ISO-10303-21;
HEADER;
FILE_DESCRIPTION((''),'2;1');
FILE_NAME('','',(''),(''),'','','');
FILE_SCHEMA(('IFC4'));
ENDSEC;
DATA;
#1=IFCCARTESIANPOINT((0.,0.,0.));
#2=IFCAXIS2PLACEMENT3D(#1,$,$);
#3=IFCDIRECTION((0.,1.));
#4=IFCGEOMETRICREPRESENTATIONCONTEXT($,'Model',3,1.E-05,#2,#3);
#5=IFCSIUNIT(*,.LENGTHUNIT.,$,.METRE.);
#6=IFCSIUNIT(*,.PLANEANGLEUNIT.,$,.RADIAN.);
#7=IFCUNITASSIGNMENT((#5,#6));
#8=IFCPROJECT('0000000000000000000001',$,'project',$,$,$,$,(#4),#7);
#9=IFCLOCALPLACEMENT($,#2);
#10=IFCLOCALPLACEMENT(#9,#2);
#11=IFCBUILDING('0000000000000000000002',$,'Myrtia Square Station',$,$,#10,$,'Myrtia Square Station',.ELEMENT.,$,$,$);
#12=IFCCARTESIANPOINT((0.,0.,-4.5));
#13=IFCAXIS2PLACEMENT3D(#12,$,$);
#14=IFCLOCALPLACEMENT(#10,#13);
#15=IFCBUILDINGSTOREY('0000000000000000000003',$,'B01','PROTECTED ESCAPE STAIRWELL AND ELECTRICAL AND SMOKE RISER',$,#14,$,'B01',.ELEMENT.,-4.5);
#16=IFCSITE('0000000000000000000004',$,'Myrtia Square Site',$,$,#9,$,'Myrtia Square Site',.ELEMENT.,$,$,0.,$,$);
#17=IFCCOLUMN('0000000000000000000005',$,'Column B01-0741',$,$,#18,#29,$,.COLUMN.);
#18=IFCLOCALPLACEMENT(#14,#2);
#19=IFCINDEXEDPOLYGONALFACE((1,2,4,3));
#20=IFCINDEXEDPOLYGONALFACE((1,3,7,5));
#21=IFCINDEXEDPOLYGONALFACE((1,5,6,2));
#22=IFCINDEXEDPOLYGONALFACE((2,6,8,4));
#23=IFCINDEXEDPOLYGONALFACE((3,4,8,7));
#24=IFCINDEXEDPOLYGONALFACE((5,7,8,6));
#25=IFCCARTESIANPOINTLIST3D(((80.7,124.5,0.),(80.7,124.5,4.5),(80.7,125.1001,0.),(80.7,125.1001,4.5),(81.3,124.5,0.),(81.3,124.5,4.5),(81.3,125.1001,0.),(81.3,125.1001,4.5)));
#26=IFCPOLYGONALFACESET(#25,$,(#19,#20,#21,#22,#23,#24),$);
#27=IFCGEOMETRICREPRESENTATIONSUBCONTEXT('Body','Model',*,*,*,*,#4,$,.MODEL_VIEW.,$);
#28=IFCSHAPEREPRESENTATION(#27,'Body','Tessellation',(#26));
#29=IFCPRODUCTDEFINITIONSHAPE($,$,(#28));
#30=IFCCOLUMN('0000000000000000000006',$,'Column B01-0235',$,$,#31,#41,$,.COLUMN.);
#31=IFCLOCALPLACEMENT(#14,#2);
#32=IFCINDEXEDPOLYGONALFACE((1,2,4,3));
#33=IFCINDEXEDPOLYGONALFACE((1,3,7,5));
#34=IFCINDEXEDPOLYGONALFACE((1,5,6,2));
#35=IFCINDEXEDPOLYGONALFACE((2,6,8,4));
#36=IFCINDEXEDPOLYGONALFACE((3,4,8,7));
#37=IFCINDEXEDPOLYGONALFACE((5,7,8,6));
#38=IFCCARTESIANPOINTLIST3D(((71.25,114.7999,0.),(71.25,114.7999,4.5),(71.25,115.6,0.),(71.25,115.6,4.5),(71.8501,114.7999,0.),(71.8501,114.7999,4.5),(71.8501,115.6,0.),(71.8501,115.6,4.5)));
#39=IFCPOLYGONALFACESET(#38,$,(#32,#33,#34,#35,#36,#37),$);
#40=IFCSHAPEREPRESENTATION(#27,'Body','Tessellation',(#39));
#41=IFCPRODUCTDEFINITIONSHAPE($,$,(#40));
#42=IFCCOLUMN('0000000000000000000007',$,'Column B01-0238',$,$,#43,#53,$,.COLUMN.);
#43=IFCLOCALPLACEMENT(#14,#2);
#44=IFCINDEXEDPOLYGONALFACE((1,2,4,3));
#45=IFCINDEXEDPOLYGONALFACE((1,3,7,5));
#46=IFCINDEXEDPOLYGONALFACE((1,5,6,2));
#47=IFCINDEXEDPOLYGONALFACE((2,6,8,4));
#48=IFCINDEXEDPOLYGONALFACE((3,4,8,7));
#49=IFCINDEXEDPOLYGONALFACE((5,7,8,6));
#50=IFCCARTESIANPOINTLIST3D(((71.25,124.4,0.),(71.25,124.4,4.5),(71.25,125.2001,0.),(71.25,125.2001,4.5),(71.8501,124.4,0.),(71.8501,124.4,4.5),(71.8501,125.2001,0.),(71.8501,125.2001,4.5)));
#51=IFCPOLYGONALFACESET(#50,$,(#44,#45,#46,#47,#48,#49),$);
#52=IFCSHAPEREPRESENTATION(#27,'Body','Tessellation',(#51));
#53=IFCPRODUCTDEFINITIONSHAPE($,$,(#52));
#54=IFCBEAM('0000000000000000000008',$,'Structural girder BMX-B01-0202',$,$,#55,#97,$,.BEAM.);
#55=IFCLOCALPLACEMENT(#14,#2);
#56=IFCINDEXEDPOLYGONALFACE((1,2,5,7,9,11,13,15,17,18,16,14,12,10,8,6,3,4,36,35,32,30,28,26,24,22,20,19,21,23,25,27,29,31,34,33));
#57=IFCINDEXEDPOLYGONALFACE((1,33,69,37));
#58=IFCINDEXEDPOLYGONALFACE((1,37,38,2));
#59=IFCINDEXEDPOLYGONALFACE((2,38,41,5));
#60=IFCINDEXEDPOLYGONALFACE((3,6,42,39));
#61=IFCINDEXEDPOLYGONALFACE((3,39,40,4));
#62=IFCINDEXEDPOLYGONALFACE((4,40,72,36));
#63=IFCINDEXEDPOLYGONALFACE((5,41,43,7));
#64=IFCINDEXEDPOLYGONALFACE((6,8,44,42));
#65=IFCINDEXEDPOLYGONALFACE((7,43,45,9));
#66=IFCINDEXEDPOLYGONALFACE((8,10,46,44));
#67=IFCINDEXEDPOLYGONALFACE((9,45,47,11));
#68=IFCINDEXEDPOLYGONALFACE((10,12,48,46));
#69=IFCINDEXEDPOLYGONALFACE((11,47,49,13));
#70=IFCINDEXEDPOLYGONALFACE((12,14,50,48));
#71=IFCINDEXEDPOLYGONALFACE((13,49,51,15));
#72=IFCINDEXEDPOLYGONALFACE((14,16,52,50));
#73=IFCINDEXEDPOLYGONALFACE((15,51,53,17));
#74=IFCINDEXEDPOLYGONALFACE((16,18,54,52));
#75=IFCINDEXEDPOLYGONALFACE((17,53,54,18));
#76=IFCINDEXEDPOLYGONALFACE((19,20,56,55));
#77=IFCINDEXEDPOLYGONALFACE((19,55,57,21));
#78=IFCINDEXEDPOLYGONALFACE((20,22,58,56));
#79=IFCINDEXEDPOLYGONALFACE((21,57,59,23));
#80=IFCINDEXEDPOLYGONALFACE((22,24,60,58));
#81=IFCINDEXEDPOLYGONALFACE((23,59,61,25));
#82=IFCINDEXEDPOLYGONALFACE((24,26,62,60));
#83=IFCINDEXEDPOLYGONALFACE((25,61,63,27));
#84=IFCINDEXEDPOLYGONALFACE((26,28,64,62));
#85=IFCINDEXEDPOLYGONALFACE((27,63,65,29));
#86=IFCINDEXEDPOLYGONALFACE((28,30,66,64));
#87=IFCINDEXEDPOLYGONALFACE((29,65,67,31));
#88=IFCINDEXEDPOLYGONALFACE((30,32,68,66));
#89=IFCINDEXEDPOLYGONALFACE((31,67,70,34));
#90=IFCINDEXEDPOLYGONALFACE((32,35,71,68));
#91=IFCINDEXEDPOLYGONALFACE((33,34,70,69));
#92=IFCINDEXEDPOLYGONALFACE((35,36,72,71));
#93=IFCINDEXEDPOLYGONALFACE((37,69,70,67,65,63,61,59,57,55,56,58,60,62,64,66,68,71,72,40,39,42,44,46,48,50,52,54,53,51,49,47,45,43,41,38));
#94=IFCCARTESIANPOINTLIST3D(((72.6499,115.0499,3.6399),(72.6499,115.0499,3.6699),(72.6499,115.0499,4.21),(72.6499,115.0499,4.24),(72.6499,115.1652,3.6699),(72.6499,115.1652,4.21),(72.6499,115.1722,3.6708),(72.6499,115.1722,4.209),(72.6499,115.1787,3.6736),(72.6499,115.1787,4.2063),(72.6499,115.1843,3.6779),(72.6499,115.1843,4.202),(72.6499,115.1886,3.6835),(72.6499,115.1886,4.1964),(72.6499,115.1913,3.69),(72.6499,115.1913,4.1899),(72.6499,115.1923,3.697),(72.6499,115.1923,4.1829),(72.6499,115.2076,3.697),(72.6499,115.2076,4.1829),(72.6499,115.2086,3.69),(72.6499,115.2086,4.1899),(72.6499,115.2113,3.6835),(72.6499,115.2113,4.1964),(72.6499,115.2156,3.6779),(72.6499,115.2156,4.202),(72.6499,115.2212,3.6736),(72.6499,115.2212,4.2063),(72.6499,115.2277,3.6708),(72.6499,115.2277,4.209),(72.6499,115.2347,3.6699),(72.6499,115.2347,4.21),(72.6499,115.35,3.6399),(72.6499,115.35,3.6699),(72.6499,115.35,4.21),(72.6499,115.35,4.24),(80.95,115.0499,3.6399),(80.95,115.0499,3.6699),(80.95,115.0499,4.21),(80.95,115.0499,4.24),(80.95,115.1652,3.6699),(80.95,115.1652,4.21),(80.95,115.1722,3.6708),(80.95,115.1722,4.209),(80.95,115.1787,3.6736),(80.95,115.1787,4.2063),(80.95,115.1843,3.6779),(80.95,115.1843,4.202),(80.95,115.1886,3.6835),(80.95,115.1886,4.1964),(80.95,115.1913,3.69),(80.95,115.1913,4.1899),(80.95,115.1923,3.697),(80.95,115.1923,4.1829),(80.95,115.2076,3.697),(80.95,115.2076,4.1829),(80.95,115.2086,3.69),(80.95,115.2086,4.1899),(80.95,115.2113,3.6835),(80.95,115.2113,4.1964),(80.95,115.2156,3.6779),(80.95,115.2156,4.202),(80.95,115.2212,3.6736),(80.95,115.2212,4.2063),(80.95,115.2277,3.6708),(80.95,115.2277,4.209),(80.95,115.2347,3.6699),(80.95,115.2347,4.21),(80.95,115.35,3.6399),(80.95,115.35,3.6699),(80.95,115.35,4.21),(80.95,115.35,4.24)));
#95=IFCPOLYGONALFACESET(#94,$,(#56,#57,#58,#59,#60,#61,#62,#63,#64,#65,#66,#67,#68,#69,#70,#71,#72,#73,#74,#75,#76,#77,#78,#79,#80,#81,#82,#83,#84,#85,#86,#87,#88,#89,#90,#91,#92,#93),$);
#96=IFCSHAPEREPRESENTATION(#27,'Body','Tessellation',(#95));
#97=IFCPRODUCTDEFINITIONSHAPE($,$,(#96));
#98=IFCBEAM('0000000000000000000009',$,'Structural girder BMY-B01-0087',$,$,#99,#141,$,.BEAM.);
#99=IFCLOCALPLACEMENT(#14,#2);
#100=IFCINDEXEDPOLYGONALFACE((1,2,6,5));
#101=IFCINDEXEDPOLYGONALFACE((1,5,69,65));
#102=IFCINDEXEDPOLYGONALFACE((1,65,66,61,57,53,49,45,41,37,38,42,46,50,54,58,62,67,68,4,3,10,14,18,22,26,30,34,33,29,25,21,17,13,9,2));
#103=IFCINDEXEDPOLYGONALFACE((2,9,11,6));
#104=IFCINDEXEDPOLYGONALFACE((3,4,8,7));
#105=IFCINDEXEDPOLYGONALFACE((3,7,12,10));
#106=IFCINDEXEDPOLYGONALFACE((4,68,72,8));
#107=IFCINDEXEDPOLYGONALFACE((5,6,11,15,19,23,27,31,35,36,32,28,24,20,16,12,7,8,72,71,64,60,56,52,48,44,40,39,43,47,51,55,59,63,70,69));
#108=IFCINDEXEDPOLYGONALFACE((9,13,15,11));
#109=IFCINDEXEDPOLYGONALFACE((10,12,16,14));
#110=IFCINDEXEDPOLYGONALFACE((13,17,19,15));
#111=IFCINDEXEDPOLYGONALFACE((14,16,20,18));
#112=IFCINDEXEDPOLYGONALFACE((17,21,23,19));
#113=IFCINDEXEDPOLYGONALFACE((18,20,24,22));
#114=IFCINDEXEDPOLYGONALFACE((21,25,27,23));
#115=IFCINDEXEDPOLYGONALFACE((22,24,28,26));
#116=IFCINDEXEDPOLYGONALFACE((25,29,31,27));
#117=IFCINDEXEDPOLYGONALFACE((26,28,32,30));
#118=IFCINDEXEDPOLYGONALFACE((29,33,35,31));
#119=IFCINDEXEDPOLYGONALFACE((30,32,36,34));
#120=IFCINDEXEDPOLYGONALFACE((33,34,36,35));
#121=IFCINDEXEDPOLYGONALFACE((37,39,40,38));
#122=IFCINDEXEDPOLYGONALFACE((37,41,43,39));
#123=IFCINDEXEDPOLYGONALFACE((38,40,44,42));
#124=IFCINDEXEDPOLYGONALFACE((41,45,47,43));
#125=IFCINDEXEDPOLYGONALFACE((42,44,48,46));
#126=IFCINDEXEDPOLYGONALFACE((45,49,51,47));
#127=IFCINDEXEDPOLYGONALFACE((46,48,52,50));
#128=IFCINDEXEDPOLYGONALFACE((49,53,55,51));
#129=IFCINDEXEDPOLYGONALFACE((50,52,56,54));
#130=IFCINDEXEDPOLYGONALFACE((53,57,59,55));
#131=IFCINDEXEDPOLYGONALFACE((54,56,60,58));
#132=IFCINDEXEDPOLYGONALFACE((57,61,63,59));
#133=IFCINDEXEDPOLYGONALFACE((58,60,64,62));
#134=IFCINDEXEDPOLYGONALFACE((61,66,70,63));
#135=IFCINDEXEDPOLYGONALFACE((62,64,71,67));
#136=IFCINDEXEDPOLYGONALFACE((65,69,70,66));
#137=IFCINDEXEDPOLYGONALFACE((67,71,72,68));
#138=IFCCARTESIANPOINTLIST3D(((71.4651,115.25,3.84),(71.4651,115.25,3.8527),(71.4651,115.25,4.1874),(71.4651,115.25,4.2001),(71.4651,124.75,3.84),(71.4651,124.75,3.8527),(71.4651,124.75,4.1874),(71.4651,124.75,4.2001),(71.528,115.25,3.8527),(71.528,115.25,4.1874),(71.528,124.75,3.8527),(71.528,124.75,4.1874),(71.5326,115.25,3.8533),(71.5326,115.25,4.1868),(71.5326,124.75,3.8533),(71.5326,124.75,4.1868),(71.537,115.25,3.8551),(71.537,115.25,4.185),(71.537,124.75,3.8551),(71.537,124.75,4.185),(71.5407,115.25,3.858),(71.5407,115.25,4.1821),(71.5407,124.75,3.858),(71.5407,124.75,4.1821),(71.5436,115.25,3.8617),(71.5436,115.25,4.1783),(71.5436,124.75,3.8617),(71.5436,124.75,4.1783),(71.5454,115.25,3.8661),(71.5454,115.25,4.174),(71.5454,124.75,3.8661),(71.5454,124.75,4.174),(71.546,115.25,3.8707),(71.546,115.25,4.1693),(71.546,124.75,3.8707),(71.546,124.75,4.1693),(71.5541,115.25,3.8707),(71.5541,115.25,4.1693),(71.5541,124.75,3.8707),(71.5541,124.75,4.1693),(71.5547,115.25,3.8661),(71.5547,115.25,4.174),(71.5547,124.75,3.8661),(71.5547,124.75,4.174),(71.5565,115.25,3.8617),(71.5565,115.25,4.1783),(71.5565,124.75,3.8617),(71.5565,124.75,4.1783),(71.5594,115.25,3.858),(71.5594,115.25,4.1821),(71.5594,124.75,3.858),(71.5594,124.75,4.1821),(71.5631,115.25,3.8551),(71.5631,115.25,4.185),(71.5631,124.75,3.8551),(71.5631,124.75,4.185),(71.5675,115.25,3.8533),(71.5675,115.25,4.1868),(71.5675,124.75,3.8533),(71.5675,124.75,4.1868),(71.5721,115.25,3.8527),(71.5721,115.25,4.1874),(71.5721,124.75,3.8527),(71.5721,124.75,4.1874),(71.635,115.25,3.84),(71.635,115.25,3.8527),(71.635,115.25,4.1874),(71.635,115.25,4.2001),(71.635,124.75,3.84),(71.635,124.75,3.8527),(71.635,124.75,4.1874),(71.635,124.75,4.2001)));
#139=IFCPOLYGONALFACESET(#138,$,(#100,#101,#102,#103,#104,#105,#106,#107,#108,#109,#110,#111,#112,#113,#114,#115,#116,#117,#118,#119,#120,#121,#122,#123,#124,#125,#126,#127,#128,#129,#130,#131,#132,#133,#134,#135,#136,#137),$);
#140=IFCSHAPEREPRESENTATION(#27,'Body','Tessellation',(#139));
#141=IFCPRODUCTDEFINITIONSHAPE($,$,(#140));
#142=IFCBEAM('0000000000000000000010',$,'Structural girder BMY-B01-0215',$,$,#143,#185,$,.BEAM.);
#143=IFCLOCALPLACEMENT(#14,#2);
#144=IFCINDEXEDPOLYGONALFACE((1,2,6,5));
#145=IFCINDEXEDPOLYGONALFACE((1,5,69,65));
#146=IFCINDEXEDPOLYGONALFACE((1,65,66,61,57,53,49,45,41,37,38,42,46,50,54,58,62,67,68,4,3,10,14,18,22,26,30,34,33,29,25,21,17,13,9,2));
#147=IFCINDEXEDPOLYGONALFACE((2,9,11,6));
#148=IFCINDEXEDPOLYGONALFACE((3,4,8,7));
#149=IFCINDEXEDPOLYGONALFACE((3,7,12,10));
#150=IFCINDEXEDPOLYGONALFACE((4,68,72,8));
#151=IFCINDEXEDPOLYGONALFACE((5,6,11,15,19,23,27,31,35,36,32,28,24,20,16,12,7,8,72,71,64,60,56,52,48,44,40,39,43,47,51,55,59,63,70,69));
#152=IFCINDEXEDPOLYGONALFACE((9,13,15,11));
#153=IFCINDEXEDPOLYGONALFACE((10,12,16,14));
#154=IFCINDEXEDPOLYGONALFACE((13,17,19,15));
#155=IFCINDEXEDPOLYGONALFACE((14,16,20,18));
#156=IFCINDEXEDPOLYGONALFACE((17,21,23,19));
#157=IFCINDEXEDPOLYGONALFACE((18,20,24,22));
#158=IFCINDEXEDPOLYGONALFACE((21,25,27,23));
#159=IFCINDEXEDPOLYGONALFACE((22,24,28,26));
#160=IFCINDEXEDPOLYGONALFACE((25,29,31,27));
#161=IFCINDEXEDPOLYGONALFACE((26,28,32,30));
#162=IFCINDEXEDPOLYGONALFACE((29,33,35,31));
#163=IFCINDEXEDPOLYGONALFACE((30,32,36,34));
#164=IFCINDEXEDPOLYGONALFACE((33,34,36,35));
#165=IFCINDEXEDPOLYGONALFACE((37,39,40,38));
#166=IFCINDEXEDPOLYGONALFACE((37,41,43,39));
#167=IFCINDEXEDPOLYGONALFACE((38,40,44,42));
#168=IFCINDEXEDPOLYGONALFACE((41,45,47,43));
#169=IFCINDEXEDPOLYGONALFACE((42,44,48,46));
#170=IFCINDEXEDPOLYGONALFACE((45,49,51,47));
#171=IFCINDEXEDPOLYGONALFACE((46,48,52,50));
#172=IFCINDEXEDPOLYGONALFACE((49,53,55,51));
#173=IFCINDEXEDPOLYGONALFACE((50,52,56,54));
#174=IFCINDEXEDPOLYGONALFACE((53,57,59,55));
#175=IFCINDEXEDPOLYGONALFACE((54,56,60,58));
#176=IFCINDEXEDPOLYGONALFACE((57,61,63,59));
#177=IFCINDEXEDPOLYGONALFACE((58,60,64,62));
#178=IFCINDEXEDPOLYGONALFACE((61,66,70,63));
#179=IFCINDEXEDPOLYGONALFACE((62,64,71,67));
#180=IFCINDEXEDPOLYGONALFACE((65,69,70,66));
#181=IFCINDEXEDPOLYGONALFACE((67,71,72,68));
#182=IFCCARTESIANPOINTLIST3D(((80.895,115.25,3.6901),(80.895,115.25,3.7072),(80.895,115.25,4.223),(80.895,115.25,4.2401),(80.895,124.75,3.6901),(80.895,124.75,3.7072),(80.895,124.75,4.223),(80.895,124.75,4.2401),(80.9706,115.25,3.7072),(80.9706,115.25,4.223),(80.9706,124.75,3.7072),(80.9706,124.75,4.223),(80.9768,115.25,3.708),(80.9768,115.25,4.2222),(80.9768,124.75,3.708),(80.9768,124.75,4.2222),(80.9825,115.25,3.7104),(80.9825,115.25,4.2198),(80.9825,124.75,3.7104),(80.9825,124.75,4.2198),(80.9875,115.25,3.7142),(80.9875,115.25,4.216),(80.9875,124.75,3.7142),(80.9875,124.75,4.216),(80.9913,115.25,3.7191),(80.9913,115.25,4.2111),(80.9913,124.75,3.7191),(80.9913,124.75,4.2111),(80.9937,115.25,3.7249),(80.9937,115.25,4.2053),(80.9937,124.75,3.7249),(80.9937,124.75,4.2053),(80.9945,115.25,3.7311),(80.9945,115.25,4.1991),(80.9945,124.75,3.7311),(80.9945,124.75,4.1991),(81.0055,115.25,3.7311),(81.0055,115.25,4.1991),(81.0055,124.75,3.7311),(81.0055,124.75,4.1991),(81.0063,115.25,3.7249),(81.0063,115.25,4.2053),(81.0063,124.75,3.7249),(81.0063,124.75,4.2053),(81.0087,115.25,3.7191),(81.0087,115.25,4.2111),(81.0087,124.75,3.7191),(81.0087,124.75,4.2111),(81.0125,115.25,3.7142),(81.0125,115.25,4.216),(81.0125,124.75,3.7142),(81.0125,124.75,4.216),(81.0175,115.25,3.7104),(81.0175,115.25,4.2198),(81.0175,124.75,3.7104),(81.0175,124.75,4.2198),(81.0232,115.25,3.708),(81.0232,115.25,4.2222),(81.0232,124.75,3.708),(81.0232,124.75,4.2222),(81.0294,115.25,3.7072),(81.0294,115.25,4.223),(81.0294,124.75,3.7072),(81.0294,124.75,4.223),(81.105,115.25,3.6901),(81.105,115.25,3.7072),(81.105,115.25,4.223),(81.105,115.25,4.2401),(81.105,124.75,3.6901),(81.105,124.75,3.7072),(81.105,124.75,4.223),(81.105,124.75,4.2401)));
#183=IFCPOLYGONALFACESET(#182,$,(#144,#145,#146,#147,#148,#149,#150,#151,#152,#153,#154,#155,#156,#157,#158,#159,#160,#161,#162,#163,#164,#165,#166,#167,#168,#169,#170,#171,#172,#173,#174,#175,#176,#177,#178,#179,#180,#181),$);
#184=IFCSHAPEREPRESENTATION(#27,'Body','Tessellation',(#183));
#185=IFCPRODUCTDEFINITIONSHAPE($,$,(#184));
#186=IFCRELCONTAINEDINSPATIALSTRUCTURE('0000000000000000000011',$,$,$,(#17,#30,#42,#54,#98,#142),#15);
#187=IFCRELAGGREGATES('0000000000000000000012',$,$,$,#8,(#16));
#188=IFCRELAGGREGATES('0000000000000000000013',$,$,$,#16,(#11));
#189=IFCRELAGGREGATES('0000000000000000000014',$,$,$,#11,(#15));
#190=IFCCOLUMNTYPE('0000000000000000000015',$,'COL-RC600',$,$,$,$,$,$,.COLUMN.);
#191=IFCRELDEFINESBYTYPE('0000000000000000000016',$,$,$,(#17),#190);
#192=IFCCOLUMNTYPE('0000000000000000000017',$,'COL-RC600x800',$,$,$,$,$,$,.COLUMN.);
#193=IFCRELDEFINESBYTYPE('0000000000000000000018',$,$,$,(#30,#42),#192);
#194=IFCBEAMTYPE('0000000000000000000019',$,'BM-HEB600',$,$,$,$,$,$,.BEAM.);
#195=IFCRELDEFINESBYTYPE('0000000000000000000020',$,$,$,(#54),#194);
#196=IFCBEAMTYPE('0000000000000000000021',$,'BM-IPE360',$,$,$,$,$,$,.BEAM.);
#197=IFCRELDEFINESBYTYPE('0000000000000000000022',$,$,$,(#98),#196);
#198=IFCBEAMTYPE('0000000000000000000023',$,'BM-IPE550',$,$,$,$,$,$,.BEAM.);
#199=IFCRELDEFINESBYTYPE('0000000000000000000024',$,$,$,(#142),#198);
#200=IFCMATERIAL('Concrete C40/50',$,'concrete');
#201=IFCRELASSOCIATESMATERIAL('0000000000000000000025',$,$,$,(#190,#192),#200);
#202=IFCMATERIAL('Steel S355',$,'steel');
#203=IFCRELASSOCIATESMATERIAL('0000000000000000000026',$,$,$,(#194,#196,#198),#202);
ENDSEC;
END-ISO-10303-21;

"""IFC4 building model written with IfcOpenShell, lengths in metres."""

from ifc_helpers import new_model, si_unit, direction, frame, origin, origin_2d, place, context, subcontext, project, spatial, rectangle, i_section, extrude, material, material_profile, profile_set, type_object, element, save


model = new_model("IFC4")

# Units and contexts
model_context = context("Model", 3, precision=1e-05, world=origin(), true_north=direction((0.0, 1.0)))
body_context = subcontext(model_context, "Body", "Model", "MODEL_VIEW")
ifc_project = project(units=[si_unit("LENGTHUNIT", "METRE"), si_unit("PLANEANGLEUNIT", "RADIAN")], contexts=[model_context])

# Site, building, storey
site_placement = place(None, origin())
site = spatial("IfcSite", under=ifc_project, at=site_placement, Name="Myrtia Square Site", LongName="Myrtia Square Site", CompositionType="ELEMENT", RefElevation=0.0)
building_placement = place(site_placement, origin())
building = spatial("IfcBuilding", under=site, at=building_placement, Name="Myrtia Square Station", LongName="Myrtia Square Station", CompositionType="ELEMENT")
storey_placement = place(building_placement, frame((0.0, 0.0, -4.5)))
storey = spatial("IfcBuildingStorey", under=building, at=storey_placement, Name="B01", Description="PROTECTED ESCAPE STAIRWELL AND ELECTRICAL AND SMOKE RISER", LongName="B01", CompositionType="ELEMENT", Elevation=-4.5)

# Columns
ifc_material_1 = material(Name="Concrete C40/50", Category="concrete")
ifc_material_profile_1 = material_profile(ifc_material_1, rectangle(XDim=0.6001, YDim=0.6001, at=origin_2d()), Name="RC 600x600")
ifc_profile_set_1 = profile_set([ifc_material_profile_1], Name="Concrete C40/50")
column_type_1 = type_object("IfcColumnType", Name="COL-RC600", PredefinedType="COLUMN", material=ifc_profile_set_1)
for number, where, z_axis, x_axis, name in (
    (1, (81.0, 124.8, 0.0), (0.0, 0.0, 1.0), (1.0, 0.0, 0.0), "Column B01-0741"),
):
    element("IfcColumn", number, at=place(storey_placement, frame(where, z_axis=z_axis, x_axis=x_axis)), inside=storey, type_object=column_type_1, Name=name, PredefinedType="COLUMN", context=body_context, shape_type="SweptSolid", body=[
        extrude(rectangle(XDim=0.6001, YDim=0.6001, at=origin_2d()), origin(), (0.0, 0.0, 1.0), 4.5),
    ])
ifc_material_profile_2 = material_profile(ifc_material_1, rectangle(XDim=0.6001, YDim=0.8, at=origin_2d()), Name="RC 600x800")
ifc_profile_set_2 = profile_set([ifc_material_profile_2], Name="Concrete C40/50")
column_type_2 = type_object("IfcColumnType", Name="COL-RC600x800", PredefinedType="COLUMN", material=ifc_profile_set_2)
for number, where, z_axis, x_axis, name in (
    (2, (71.55, 115.2, 0.0), (0.0, 0.0, 1.0), (1.0, 0.0, 0.0), "Column B01-0235"),
    (3, (71.55, 124.8, 0.0), (0.0, 0.0, 1.0), (1.0, 0.0, 0.0), "Column B01-0238"),
):
    element("IfcColumn", number, at=place(storey_placement, frame(where, z_axis=z_axis, x_axis=x_axis)), inside=storey, type_object=column_type_2, Name=name, PredefinedType="COLUMN", context=body_context, shape_type="SweptSolid", body=[
        extrude(rectangle(XDim=0.6001, YDim=0.8, at=origin_2d()), origin(), (0.0, 0.0, 1.0), 4.5),
    ])

# Beams
ifc_material_2 = material(Name="Steel S355", Category="steel")
ifc_material_profile_3 = material_profile(ifc_material_2, i_section(OverallWidth=0.3, OverallDepth=0.6001, WebThickness=0.0154, FlangeThickness=0.03, FilletRadius=0.0271, at=origin_2d()), Name="HEB 600")
ifc_profile_set_3 = profile_set([ifc_material_profile_3], Name="Steel S355")
beam_type_1 = type_object("IfcBeamType", Name="BM-HEB600", PredefinedType="BEAM", material=ifc_profile_set_3)
beam_1_placement = place(storey_placement, frame((72.6499, 115.2, 3.9399), z_axis=(1.0, 0.0, 0.0), x_axis=(0.0, 1.0, 0.0)))
element("IfcBeam", 4, at=beam_1_placement, inside=storey, type_object=beam_type_1, Name="Structural girder BMX-B01-0202", PredefinedType="BEAM", context=body_context, shape_type="SweptSolid", body=[
    extrude(i_section(OverallWidth=0.3, OverallDepth=0.6001, WebThickness=0.0154, FlangeThickness=0.03, FilletRadius=0.0271, at=origin_2d()), origin(), (0.0, 0.0, 1.0), 8.3),
])
ifc_material_profile_4 = material_profile(ifc_material_2, i_section(OverallWidth=0.1699, OverallDepth=0.3601, WebThickness=0.0081, FlangeThickness=0.0127, FilletRadius=0.0181, at=origin_2d()), Name="IPE 360")
ifc_profile_set_4 = profile_set([ifc_material_profile_4], Name="Steel S355")
beam_type_2 = type_object("IfcBeamType", Name="BM-IPE360", PredefinedType="BEAM", material=ifc_profile_set_4)
beam_2_placement = place(storey_placement, frame((71.55, 115.25, 4.02), z_axis=(0.0, 1.0, 0.0), x_axis=(-1.0, 0.0, 0.0)))
element("IfcBeam", 5, at=beam_2_placement, inside=storey, type_object=beam_type_2, Name="Structural girder BMY-B01-0087", PredefinedType="BEAM", context=body_context, shape_type="SweptSolid", body=[
    extrude(i_section(OverallWidth=0.1699, OverallDepth=0.3601, WebThickness=0.0081, FlangeThickness=0.0127, FilletRadius=0.0181, at=origin_2d()), origin(), (0.0, 0.0, 1.0), 9.5),
])
ifc_material_profile_5 = material_profile(ifc_material_2, i_section(OverallWidth=0.21, OverallDepth=0.55, WebThickness=0.011, FlangeThickness=0.0171, FilletRadius=0.0239, at=origin_2d()), Name="IPE 550")
ifc_profile_set_5 = profile_set([ifc_material_profile_5], Name="Steel S355")
beam_type_3 = type_object("IfcBeamType", Name="BM-IPE550", PredefinedType="BEAM", material=ifc_profile_set_5)
beam_3_placement = place(storey_placement, frame((81.0, 115.25, 3.9651), z_axis=(0.0, 1.0, 0.0), x_axis=(-1.0, 0.0, 0.0)))
element("IfcBeam", 6, at=beam_3_placement, inside=storey, type_object=beam_type_3, Name="Structural girder BMY-B01-0215", PredefinedType="BEAM", context=body_context, shape_type="SweptSolid", body=[
    extrude(i_section(OverallWidth=0.21, OverallDepth=0.55, WebThickness=0.011, FlangeThickness=0.0171, FilletRadius=0.0239, at=origin_2d()), origin(), (0.0, 0.0, 1.0), 9.5),
])

save(model, "model.ifc")
